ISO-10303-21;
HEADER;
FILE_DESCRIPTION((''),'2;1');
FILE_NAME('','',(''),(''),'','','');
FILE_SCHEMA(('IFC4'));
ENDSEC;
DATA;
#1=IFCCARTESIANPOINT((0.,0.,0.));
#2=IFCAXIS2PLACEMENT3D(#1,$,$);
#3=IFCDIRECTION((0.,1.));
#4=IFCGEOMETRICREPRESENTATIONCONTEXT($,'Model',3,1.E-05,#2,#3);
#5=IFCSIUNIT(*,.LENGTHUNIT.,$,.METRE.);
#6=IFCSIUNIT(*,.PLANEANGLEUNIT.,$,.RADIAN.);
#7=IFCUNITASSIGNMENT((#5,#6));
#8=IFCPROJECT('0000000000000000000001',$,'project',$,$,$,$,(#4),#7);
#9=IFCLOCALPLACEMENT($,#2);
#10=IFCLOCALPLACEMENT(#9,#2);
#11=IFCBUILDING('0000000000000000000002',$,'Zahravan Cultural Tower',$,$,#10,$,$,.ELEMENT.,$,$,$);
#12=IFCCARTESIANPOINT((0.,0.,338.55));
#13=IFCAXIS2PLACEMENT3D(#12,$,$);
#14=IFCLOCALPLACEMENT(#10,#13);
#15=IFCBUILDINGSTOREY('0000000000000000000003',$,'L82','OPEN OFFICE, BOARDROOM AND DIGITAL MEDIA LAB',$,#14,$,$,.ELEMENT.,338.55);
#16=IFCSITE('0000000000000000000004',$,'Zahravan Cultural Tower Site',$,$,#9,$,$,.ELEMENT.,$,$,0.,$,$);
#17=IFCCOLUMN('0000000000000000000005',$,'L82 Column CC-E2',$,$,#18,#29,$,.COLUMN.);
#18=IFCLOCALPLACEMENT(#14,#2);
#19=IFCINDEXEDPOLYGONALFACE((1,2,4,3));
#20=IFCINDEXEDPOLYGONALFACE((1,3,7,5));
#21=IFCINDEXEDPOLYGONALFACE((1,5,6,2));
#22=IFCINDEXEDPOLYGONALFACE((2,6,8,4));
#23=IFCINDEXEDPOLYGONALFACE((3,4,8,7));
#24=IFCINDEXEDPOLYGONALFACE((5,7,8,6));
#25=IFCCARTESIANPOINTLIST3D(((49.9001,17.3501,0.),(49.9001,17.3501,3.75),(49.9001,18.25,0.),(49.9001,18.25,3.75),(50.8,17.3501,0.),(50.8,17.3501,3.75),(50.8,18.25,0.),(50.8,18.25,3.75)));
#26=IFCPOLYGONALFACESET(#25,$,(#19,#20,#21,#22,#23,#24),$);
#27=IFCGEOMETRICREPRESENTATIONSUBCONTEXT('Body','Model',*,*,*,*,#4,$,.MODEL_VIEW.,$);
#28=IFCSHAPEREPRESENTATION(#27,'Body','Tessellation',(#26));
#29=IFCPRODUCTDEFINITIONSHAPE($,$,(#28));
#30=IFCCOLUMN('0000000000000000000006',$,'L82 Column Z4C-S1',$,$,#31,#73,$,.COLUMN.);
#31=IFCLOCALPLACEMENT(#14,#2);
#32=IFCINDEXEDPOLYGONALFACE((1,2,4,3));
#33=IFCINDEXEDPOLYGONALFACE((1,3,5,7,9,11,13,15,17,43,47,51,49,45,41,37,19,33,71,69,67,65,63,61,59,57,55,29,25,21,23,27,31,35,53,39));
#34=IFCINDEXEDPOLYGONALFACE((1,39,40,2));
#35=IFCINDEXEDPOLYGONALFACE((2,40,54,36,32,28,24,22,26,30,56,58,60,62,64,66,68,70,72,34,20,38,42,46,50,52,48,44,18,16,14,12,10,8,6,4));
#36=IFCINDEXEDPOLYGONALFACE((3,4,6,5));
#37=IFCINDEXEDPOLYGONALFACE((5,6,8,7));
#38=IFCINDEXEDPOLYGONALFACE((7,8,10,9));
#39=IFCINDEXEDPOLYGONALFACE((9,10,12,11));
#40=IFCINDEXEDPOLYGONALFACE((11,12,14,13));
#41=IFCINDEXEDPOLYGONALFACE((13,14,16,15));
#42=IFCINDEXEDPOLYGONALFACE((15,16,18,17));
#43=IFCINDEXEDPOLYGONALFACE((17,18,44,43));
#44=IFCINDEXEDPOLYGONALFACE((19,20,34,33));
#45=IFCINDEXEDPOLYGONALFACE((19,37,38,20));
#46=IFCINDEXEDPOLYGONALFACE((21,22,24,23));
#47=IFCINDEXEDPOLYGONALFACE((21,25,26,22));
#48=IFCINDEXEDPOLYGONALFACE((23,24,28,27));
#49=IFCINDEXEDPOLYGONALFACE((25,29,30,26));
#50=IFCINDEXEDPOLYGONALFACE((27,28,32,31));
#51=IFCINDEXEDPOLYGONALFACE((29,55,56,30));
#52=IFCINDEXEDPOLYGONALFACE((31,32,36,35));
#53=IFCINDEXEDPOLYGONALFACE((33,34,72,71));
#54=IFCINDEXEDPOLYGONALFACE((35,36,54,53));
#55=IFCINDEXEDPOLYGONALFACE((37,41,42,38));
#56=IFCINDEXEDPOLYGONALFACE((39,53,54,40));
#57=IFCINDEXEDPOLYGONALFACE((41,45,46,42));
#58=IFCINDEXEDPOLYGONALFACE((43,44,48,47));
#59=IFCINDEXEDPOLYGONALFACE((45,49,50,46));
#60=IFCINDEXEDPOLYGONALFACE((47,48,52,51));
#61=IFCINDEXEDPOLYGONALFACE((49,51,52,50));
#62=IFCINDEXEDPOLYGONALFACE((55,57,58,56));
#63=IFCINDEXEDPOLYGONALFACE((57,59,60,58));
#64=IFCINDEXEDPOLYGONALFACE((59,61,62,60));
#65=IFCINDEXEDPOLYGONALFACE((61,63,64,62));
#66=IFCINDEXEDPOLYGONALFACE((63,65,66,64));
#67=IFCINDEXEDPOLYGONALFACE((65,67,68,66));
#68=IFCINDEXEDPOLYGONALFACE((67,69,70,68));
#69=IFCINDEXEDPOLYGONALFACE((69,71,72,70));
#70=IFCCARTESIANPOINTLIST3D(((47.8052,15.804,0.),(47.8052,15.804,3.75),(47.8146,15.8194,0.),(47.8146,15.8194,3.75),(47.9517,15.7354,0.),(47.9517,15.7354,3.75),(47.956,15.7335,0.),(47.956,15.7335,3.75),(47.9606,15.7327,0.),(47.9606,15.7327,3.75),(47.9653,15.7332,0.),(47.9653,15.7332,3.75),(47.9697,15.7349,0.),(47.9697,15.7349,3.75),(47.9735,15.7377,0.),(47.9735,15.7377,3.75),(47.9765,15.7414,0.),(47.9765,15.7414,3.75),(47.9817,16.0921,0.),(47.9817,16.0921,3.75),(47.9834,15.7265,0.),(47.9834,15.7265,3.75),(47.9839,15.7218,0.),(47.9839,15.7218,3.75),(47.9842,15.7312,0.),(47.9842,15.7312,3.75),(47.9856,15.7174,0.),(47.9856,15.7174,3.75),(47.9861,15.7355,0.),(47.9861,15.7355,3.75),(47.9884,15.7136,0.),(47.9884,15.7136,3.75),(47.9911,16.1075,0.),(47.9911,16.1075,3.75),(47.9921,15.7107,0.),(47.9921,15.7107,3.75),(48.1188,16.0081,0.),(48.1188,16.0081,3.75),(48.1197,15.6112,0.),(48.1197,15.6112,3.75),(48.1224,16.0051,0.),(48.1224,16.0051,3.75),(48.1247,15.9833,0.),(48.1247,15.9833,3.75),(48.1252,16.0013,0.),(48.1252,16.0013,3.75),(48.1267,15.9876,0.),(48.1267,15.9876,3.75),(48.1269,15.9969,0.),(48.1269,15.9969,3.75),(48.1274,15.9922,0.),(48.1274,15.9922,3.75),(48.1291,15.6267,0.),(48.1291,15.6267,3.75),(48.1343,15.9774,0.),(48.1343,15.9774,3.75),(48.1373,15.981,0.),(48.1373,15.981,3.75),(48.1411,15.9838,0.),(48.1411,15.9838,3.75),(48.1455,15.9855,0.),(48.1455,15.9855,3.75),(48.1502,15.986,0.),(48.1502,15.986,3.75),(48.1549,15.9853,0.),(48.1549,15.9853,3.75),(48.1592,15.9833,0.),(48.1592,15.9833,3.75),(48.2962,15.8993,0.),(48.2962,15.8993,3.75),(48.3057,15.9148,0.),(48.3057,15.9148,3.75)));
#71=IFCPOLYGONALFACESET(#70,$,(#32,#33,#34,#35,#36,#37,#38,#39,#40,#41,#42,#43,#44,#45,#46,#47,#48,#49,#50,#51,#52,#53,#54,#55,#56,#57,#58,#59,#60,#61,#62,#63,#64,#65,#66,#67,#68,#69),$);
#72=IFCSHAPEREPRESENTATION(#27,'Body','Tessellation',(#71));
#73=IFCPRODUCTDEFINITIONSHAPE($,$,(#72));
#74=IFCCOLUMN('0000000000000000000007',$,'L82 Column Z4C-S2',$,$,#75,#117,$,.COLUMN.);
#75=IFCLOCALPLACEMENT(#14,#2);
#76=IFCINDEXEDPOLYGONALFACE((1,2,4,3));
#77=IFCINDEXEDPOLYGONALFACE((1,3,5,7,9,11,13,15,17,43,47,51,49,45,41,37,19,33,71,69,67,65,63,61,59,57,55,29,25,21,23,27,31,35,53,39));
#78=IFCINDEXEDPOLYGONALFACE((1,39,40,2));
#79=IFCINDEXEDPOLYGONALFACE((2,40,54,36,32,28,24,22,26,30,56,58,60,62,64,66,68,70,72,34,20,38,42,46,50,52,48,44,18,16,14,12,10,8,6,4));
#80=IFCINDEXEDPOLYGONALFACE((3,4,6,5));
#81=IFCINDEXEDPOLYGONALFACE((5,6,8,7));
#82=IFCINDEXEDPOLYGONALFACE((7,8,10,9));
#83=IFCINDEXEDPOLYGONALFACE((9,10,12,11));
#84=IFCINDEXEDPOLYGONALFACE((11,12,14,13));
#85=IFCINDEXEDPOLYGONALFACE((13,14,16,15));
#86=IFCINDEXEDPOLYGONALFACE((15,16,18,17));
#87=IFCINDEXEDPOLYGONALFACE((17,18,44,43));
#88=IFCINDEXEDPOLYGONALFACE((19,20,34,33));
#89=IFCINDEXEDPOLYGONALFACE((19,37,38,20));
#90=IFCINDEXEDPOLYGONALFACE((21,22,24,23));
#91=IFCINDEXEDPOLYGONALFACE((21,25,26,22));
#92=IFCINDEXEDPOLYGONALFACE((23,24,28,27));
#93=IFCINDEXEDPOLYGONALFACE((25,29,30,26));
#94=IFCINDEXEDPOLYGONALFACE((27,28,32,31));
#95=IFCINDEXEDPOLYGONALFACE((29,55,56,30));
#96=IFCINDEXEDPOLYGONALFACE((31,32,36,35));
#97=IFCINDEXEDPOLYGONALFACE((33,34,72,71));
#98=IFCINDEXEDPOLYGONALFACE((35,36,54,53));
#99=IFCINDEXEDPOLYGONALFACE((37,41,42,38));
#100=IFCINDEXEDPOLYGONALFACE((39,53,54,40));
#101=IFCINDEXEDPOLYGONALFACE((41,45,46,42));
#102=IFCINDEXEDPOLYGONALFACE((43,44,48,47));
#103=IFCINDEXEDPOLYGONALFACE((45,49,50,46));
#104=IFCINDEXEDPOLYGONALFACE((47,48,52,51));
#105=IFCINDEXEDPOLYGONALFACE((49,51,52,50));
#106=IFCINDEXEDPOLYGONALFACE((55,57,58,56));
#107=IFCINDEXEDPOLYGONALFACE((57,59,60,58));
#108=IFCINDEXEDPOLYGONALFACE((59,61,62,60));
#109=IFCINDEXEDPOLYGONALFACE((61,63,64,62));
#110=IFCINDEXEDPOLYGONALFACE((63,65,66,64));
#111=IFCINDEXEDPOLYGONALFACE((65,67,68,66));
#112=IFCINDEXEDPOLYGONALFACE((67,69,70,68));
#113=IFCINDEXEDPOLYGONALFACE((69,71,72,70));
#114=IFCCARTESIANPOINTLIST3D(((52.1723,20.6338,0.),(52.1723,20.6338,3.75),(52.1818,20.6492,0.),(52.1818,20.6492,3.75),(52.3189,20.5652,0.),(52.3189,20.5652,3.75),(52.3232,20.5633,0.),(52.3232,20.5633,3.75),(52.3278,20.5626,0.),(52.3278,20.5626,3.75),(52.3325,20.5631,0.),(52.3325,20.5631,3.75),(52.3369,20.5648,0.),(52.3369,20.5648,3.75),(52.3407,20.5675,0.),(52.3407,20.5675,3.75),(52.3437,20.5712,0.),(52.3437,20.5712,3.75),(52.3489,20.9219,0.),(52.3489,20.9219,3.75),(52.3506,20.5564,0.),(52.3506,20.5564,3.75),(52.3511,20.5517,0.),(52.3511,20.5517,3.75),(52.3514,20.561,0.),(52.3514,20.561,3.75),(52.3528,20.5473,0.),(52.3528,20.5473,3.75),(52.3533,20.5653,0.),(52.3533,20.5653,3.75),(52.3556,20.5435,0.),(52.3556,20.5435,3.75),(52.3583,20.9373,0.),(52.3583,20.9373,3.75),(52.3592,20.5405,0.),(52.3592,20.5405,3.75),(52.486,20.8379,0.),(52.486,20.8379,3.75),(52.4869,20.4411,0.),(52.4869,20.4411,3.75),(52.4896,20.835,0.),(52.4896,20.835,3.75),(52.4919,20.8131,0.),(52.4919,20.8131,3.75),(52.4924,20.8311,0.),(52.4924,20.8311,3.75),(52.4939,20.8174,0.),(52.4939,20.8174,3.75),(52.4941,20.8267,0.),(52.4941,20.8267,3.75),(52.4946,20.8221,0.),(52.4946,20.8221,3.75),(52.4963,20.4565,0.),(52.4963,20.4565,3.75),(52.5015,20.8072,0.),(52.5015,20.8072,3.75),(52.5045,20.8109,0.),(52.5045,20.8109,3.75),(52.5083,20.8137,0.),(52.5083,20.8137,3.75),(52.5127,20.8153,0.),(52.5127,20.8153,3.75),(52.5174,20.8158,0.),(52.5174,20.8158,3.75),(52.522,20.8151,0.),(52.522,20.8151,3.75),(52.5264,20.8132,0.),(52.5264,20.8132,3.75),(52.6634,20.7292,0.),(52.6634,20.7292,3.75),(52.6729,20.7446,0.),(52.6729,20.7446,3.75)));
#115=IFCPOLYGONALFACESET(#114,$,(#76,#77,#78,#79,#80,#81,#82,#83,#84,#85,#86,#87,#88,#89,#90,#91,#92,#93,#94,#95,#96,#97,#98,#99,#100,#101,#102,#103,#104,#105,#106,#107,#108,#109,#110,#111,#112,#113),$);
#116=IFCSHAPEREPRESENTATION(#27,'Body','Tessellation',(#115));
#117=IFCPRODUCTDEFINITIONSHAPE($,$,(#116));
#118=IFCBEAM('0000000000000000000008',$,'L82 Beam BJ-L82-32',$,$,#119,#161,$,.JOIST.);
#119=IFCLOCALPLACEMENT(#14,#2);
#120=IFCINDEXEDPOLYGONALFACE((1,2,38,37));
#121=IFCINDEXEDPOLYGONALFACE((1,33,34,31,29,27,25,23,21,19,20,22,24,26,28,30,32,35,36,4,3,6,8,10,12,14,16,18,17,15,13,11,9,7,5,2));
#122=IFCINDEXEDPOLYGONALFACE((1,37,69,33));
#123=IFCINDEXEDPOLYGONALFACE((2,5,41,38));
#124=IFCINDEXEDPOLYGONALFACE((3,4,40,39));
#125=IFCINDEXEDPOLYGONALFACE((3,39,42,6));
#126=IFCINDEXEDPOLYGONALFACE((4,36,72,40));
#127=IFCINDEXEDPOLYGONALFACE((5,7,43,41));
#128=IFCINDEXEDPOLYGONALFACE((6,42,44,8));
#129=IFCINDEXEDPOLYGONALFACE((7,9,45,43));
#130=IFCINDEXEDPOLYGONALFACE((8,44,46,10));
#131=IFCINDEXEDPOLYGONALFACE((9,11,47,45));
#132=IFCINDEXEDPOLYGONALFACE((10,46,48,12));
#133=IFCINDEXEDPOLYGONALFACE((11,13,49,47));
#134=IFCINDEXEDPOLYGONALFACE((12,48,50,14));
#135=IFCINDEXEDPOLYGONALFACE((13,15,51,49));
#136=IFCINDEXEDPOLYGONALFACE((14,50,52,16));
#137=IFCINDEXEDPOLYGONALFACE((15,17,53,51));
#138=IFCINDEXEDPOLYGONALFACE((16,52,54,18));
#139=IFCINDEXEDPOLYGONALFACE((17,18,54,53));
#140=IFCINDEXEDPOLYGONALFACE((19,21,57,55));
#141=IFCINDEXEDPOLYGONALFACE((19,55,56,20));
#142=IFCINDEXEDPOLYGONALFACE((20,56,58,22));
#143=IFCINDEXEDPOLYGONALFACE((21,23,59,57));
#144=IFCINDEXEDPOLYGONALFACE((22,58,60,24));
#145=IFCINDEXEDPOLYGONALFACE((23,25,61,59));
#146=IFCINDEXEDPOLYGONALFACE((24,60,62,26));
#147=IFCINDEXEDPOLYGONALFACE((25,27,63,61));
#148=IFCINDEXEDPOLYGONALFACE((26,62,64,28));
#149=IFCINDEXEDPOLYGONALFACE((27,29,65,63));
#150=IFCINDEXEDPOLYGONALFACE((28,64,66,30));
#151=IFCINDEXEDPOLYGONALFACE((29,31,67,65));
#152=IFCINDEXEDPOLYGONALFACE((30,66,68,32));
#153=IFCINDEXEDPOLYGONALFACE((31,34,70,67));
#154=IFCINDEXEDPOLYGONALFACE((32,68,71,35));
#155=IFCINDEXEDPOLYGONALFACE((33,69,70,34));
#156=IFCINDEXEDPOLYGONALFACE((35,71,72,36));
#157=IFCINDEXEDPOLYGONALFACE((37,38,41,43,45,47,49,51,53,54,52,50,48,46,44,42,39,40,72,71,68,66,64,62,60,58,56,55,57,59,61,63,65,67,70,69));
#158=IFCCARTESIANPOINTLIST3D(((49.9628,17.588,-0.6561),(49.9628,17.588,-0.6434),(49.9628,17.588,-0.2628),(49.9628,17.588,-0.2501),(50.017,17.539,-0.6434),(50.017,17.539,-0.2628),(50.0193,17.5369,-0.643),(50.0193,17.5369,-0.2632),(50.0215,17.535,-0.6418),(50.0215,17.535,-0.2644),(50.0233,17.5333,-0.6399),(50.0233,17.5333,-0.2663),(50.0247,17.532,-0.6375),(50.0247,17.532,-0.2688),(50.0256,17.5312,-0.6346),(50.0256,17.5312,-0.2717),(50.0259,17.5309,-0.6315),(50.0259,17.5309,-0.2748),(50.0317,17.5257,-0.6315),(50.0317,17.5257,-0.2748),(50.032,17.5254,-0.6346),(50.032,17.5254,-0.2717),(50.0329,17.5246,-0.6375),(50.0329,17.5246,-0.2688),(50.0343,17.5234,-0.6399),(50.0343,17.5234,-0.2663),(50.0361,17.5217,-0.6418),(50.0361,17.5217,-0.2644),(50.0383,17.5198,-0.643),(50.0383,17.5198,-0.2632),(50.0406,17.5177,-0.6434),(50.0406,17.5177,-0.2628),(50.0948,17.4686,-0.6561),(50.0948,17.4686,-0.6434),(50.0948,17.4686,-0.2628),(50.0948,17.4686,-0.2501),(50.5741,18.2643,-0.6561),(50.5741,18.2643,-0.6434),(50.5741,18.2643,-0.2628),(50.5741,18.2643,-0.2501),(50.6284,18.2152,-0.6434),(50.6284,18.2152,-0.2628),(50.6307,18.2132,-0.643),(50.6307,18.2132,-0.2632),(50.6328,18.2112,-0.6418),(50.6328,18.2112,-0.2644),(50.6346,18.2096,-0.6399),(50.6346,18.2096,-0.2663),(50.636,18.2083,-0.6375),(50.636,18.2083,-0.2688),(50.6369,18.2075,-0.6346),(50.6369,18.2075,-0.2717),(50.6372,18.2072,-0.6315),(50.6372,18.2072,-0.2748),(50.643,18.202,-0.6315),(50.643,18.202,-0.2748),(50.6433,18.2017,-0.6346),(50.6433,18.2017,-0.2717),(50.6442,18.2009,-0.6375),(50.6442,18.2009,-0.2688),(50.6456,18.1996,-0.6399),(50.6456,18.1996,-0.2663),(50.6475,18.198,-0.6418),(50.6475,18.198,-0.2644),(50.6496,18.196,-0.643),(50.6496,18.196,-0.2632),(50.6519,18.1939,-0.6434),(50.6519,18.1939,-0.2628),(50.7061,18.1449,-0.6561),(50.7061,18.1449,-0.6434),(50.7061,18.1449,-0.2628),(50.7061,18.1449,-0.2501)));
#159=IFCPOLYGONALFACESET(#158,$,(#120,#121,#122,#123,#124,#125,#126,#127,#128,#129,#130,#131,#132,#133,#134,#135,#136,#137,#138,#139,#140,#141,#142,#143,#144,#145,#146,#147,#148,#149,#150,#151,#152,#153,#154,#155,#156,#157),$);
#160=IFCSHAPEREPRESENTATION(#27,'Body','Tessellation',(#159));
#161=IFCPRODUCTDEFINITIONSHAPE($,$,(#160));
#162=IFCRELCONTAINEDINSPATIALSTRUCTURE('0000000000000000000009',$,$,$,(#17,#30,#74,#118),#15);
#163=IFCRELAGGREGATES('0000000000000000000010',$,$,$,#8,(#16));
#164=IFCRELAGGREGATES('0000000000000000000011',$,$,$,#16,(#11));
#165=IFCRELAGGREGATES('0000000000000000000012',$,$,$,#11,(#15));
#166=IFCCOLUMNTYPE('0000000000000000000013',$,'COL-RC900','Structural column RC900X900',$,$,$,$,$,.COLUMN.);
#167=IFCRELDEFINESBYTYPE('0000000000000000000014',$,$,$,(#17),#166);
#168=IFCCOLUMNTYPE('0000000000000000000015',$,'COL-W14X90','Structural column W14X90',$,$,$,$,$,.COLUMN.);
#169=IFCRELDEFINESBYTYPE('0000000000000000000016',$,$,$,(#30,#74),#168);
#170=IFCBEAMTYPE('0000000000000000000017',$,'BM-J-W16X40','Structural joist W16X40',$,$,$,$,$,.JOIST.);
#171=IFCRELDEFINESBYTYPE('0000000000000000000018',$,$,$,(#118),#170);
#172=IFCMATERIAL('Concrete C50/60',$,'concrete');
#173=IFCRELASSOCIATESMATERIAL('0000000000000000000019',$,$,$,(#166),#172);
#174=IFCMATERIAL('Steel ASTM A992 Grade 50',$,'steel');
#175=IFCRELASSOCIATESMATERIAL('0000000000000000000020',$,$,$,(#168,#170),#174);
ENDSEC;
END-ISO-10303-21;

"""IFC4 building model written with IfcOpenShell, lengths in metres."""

from ifc_helpers import new_model, si_unit, direction, frame, origin, origin_2d, place, context, subcontext, project, spatial, rectangle, i_section, extrude, source, transform, mapped, material, material_profile, profile_set, type_object, element, save


model = new_model("IFC4")

# Units and contexts
model_context = context("Model", 3, precision=1e-05, world=origin(), true_north=direction((0.0, 1.0)))
body_context = subcontext(model_context, "Body", "Model", "MODEL_VIEW")
ifc_project = project(units=[si_unit("LENGTHUNIT", "METRE"), si_unit("PLANEANGLEUNIT", "RADIAN")], contexts=[model_context])

# Site, building, storey
site_placement = place(None, origin())
site = spatial("IfcSite", under=ifc_project, at=site_placement, Name="Zahravan Cultural Tower Site", CompositionType="ELEMENT", RefElevation=0.0)
building_placement = place(site_placement, origin())
building = spatial("IfcBuilding", under=site, at=building_placement, Name="Zahravan Cultural Tower", CompositionType="ELEMENT")
storey_placement = place(building_placement, frame((0.0, 0.0, 338.55)))
storey = spatial("IfcBuildingStorey", under=building, at=storey_placement, Name="L82", Description="OPEN OFFICE, BOARDROOM AND DIGITAL MEDIA LAB", CompositionType="ELEMENT", Elevation=338.55)

# Columns
ifc_material_1 = material(Name="Concrete C50/60", Category="concrete")
ifc_material_profile_1 = material_profile(ifc_material_1, rectangle(XDim=0.8999, YDim=0.8999, at=origin_2d()), Name="RC900X900")
ifc_profile_set_1 = profile_set([ifc_material_profile_1], Name="Concrete C50/60")
column_type_1 = type_object("IfcColumnType", Name="COL-RC900", Description="Structural column RC900X900", PredefinedType="COLUMN", material=ifc_profile_set_1)
shared_shape_1 = source(origin(), body_context, "Body", "SweptSolid", [
    extrude(rectangle(XDim=0.8999, YDim=0.8999, at=origin_2d()), origin(), (0.0, 0.0, 1.0), 3.75),
])
column_placement = place(storey_placement, frame((50.3501, 17.8, 0.0), z_axis=(0.0, 0.0, 1.0), x_axis=(1.0, 0.0, 0.0)))
element("IfcColumn", 1, at=column_placement, inside=storey, type_object=column_type_1, Name="L82 Column CC-E2", PredefinedType="COLUMN", context=body_context, shape_type="MappedRepresentation", body=[
    mapped(shared_shape_1, transform((0.0, 0.0, 0.0), x_axis=(1.0, 0.0, 0.0), y_axis=(0.0, 1.0, 0.0), z_axis=(0.0, 0.0, 1.0), scale=1.0)),
])
ifc_material_2 = material(Name="Steel ASTM A992 Grade 50", Category="steel")
ifc_material_profile_2 = material_profile(ifc_material_2, i_section(OverallWidth=0.3689, OverallDepth=0.356, WebThickness=0.0112, FlangeThickness=0.0181, FilletRadius=0.0181, at=origin_2d()), Name="W14X90")
ifc_profile_set_2 = profile_set([ifc_material_profile_2], Name="Steel ASTM A992 Grade 50")
column_type_2 = type_object("IfcColumnType", Name="COL-W14X90", Description="Structural column W14X90", PredefinedType="COLUMN", material=ifc_profile_set_2)
shared_shape_2 = source(origin(), body_context, "Body", "SweptSolid", [
    extrude(i_section(OverallWidth=0.3689, OverallDepth=0.356, WebThickness=0.0112, FlangeThickness=0.0181, FilletRadius=0.0181, at=origin_2d()), origin(), (0.0, 0.0, 1.0), 3.75),
])
for number, where, z_axis, x_axis, name in (
    (2, (48.0554, 15.8594, 0.0), (0.0, 0.0, 1.0), (-0.85264, 0.522499, 0.0), "L82 Column Z4C-S1"),
    (3, (52.4226, 20.6892, 0.0), (0.0, 0.0, 1.0), (-0.85264, 0.522499, 0.0), "L82 Column Z4C-S2"),
):
    element("IfcColumn", number, at=place(storey_placement, frame(where, z_axis=z_axis, x_axis=x_axis)), inside=storey, type_object=column_type_2, Name=name, PredefinedType="COLUMN", context=body_context, shape_type="MappedRepresentation", body=[
        mapped(shared_shape_2, transform((0.0, 0.0, 0.0), x_axis=(1.0, 0.0, 0.0), y_axis=(0.0, 1.0, 0.0), z_axis=(0.0, 0.0, 1.0), scale=1.0)),
    ])

# Beam
ifc_material_profile_3 = material_profile(ifc_material_2, i_section(OverallWidth=0.178, OverallDepth=0.406, WebThickness=0.0078, FlangeThickness=0.0127, FilletRadius=0.012, at=origin_2d()), Name="W16X40")
ifc_profile_set_3 = profile_set([ifc_material_profile_3], Name="Steel ASTM A992 Grade 50")
beam_type_1 = type_object("IfcBeamType", Name="BM-J-W16X40", Description="Structural joist W16X40", PredefinedType="JOIST", material=ifc_profile_set_3)
shared_shape_3 = source(origin(), body_context, "Body", "SweptSolid", [
    extrude(i_section(OverallWidth=0.178, OverallDepth=0.406, WebThickness=0.0078, FlangeThickness=0.0127, FilletRadius=0.012, at=origin_2d()), origin(), (0.0, 0.0, 1.0), 0.9116),
])
beam_1_placement = place(storey_placement, frame((50.0288, 17.5283, -0.4531), z_axis=(0.670591, 0.741828, 0.0), x_axis=(-0.741828, 0.670591, 0.0)))
element("IfcBeam", 4, at=beam_1_placement, inside=storey, type_object=beam_type_1, Name="L82 Beam BJ-L82-32", PredefinedType="JOIST", context=body_context, shape_type="MappedRepresentation", body=[
    mapped(shared_shape_3, transform((0.0, 0.0, 0.0), x_axis=(1.0, 0.0, 0.0), y_axis=(0.0, 1.0, 0.0), z_axis=(0.0, 0.0, 1.0), scale=1.0)),
])

save(model, "model.ifc")
